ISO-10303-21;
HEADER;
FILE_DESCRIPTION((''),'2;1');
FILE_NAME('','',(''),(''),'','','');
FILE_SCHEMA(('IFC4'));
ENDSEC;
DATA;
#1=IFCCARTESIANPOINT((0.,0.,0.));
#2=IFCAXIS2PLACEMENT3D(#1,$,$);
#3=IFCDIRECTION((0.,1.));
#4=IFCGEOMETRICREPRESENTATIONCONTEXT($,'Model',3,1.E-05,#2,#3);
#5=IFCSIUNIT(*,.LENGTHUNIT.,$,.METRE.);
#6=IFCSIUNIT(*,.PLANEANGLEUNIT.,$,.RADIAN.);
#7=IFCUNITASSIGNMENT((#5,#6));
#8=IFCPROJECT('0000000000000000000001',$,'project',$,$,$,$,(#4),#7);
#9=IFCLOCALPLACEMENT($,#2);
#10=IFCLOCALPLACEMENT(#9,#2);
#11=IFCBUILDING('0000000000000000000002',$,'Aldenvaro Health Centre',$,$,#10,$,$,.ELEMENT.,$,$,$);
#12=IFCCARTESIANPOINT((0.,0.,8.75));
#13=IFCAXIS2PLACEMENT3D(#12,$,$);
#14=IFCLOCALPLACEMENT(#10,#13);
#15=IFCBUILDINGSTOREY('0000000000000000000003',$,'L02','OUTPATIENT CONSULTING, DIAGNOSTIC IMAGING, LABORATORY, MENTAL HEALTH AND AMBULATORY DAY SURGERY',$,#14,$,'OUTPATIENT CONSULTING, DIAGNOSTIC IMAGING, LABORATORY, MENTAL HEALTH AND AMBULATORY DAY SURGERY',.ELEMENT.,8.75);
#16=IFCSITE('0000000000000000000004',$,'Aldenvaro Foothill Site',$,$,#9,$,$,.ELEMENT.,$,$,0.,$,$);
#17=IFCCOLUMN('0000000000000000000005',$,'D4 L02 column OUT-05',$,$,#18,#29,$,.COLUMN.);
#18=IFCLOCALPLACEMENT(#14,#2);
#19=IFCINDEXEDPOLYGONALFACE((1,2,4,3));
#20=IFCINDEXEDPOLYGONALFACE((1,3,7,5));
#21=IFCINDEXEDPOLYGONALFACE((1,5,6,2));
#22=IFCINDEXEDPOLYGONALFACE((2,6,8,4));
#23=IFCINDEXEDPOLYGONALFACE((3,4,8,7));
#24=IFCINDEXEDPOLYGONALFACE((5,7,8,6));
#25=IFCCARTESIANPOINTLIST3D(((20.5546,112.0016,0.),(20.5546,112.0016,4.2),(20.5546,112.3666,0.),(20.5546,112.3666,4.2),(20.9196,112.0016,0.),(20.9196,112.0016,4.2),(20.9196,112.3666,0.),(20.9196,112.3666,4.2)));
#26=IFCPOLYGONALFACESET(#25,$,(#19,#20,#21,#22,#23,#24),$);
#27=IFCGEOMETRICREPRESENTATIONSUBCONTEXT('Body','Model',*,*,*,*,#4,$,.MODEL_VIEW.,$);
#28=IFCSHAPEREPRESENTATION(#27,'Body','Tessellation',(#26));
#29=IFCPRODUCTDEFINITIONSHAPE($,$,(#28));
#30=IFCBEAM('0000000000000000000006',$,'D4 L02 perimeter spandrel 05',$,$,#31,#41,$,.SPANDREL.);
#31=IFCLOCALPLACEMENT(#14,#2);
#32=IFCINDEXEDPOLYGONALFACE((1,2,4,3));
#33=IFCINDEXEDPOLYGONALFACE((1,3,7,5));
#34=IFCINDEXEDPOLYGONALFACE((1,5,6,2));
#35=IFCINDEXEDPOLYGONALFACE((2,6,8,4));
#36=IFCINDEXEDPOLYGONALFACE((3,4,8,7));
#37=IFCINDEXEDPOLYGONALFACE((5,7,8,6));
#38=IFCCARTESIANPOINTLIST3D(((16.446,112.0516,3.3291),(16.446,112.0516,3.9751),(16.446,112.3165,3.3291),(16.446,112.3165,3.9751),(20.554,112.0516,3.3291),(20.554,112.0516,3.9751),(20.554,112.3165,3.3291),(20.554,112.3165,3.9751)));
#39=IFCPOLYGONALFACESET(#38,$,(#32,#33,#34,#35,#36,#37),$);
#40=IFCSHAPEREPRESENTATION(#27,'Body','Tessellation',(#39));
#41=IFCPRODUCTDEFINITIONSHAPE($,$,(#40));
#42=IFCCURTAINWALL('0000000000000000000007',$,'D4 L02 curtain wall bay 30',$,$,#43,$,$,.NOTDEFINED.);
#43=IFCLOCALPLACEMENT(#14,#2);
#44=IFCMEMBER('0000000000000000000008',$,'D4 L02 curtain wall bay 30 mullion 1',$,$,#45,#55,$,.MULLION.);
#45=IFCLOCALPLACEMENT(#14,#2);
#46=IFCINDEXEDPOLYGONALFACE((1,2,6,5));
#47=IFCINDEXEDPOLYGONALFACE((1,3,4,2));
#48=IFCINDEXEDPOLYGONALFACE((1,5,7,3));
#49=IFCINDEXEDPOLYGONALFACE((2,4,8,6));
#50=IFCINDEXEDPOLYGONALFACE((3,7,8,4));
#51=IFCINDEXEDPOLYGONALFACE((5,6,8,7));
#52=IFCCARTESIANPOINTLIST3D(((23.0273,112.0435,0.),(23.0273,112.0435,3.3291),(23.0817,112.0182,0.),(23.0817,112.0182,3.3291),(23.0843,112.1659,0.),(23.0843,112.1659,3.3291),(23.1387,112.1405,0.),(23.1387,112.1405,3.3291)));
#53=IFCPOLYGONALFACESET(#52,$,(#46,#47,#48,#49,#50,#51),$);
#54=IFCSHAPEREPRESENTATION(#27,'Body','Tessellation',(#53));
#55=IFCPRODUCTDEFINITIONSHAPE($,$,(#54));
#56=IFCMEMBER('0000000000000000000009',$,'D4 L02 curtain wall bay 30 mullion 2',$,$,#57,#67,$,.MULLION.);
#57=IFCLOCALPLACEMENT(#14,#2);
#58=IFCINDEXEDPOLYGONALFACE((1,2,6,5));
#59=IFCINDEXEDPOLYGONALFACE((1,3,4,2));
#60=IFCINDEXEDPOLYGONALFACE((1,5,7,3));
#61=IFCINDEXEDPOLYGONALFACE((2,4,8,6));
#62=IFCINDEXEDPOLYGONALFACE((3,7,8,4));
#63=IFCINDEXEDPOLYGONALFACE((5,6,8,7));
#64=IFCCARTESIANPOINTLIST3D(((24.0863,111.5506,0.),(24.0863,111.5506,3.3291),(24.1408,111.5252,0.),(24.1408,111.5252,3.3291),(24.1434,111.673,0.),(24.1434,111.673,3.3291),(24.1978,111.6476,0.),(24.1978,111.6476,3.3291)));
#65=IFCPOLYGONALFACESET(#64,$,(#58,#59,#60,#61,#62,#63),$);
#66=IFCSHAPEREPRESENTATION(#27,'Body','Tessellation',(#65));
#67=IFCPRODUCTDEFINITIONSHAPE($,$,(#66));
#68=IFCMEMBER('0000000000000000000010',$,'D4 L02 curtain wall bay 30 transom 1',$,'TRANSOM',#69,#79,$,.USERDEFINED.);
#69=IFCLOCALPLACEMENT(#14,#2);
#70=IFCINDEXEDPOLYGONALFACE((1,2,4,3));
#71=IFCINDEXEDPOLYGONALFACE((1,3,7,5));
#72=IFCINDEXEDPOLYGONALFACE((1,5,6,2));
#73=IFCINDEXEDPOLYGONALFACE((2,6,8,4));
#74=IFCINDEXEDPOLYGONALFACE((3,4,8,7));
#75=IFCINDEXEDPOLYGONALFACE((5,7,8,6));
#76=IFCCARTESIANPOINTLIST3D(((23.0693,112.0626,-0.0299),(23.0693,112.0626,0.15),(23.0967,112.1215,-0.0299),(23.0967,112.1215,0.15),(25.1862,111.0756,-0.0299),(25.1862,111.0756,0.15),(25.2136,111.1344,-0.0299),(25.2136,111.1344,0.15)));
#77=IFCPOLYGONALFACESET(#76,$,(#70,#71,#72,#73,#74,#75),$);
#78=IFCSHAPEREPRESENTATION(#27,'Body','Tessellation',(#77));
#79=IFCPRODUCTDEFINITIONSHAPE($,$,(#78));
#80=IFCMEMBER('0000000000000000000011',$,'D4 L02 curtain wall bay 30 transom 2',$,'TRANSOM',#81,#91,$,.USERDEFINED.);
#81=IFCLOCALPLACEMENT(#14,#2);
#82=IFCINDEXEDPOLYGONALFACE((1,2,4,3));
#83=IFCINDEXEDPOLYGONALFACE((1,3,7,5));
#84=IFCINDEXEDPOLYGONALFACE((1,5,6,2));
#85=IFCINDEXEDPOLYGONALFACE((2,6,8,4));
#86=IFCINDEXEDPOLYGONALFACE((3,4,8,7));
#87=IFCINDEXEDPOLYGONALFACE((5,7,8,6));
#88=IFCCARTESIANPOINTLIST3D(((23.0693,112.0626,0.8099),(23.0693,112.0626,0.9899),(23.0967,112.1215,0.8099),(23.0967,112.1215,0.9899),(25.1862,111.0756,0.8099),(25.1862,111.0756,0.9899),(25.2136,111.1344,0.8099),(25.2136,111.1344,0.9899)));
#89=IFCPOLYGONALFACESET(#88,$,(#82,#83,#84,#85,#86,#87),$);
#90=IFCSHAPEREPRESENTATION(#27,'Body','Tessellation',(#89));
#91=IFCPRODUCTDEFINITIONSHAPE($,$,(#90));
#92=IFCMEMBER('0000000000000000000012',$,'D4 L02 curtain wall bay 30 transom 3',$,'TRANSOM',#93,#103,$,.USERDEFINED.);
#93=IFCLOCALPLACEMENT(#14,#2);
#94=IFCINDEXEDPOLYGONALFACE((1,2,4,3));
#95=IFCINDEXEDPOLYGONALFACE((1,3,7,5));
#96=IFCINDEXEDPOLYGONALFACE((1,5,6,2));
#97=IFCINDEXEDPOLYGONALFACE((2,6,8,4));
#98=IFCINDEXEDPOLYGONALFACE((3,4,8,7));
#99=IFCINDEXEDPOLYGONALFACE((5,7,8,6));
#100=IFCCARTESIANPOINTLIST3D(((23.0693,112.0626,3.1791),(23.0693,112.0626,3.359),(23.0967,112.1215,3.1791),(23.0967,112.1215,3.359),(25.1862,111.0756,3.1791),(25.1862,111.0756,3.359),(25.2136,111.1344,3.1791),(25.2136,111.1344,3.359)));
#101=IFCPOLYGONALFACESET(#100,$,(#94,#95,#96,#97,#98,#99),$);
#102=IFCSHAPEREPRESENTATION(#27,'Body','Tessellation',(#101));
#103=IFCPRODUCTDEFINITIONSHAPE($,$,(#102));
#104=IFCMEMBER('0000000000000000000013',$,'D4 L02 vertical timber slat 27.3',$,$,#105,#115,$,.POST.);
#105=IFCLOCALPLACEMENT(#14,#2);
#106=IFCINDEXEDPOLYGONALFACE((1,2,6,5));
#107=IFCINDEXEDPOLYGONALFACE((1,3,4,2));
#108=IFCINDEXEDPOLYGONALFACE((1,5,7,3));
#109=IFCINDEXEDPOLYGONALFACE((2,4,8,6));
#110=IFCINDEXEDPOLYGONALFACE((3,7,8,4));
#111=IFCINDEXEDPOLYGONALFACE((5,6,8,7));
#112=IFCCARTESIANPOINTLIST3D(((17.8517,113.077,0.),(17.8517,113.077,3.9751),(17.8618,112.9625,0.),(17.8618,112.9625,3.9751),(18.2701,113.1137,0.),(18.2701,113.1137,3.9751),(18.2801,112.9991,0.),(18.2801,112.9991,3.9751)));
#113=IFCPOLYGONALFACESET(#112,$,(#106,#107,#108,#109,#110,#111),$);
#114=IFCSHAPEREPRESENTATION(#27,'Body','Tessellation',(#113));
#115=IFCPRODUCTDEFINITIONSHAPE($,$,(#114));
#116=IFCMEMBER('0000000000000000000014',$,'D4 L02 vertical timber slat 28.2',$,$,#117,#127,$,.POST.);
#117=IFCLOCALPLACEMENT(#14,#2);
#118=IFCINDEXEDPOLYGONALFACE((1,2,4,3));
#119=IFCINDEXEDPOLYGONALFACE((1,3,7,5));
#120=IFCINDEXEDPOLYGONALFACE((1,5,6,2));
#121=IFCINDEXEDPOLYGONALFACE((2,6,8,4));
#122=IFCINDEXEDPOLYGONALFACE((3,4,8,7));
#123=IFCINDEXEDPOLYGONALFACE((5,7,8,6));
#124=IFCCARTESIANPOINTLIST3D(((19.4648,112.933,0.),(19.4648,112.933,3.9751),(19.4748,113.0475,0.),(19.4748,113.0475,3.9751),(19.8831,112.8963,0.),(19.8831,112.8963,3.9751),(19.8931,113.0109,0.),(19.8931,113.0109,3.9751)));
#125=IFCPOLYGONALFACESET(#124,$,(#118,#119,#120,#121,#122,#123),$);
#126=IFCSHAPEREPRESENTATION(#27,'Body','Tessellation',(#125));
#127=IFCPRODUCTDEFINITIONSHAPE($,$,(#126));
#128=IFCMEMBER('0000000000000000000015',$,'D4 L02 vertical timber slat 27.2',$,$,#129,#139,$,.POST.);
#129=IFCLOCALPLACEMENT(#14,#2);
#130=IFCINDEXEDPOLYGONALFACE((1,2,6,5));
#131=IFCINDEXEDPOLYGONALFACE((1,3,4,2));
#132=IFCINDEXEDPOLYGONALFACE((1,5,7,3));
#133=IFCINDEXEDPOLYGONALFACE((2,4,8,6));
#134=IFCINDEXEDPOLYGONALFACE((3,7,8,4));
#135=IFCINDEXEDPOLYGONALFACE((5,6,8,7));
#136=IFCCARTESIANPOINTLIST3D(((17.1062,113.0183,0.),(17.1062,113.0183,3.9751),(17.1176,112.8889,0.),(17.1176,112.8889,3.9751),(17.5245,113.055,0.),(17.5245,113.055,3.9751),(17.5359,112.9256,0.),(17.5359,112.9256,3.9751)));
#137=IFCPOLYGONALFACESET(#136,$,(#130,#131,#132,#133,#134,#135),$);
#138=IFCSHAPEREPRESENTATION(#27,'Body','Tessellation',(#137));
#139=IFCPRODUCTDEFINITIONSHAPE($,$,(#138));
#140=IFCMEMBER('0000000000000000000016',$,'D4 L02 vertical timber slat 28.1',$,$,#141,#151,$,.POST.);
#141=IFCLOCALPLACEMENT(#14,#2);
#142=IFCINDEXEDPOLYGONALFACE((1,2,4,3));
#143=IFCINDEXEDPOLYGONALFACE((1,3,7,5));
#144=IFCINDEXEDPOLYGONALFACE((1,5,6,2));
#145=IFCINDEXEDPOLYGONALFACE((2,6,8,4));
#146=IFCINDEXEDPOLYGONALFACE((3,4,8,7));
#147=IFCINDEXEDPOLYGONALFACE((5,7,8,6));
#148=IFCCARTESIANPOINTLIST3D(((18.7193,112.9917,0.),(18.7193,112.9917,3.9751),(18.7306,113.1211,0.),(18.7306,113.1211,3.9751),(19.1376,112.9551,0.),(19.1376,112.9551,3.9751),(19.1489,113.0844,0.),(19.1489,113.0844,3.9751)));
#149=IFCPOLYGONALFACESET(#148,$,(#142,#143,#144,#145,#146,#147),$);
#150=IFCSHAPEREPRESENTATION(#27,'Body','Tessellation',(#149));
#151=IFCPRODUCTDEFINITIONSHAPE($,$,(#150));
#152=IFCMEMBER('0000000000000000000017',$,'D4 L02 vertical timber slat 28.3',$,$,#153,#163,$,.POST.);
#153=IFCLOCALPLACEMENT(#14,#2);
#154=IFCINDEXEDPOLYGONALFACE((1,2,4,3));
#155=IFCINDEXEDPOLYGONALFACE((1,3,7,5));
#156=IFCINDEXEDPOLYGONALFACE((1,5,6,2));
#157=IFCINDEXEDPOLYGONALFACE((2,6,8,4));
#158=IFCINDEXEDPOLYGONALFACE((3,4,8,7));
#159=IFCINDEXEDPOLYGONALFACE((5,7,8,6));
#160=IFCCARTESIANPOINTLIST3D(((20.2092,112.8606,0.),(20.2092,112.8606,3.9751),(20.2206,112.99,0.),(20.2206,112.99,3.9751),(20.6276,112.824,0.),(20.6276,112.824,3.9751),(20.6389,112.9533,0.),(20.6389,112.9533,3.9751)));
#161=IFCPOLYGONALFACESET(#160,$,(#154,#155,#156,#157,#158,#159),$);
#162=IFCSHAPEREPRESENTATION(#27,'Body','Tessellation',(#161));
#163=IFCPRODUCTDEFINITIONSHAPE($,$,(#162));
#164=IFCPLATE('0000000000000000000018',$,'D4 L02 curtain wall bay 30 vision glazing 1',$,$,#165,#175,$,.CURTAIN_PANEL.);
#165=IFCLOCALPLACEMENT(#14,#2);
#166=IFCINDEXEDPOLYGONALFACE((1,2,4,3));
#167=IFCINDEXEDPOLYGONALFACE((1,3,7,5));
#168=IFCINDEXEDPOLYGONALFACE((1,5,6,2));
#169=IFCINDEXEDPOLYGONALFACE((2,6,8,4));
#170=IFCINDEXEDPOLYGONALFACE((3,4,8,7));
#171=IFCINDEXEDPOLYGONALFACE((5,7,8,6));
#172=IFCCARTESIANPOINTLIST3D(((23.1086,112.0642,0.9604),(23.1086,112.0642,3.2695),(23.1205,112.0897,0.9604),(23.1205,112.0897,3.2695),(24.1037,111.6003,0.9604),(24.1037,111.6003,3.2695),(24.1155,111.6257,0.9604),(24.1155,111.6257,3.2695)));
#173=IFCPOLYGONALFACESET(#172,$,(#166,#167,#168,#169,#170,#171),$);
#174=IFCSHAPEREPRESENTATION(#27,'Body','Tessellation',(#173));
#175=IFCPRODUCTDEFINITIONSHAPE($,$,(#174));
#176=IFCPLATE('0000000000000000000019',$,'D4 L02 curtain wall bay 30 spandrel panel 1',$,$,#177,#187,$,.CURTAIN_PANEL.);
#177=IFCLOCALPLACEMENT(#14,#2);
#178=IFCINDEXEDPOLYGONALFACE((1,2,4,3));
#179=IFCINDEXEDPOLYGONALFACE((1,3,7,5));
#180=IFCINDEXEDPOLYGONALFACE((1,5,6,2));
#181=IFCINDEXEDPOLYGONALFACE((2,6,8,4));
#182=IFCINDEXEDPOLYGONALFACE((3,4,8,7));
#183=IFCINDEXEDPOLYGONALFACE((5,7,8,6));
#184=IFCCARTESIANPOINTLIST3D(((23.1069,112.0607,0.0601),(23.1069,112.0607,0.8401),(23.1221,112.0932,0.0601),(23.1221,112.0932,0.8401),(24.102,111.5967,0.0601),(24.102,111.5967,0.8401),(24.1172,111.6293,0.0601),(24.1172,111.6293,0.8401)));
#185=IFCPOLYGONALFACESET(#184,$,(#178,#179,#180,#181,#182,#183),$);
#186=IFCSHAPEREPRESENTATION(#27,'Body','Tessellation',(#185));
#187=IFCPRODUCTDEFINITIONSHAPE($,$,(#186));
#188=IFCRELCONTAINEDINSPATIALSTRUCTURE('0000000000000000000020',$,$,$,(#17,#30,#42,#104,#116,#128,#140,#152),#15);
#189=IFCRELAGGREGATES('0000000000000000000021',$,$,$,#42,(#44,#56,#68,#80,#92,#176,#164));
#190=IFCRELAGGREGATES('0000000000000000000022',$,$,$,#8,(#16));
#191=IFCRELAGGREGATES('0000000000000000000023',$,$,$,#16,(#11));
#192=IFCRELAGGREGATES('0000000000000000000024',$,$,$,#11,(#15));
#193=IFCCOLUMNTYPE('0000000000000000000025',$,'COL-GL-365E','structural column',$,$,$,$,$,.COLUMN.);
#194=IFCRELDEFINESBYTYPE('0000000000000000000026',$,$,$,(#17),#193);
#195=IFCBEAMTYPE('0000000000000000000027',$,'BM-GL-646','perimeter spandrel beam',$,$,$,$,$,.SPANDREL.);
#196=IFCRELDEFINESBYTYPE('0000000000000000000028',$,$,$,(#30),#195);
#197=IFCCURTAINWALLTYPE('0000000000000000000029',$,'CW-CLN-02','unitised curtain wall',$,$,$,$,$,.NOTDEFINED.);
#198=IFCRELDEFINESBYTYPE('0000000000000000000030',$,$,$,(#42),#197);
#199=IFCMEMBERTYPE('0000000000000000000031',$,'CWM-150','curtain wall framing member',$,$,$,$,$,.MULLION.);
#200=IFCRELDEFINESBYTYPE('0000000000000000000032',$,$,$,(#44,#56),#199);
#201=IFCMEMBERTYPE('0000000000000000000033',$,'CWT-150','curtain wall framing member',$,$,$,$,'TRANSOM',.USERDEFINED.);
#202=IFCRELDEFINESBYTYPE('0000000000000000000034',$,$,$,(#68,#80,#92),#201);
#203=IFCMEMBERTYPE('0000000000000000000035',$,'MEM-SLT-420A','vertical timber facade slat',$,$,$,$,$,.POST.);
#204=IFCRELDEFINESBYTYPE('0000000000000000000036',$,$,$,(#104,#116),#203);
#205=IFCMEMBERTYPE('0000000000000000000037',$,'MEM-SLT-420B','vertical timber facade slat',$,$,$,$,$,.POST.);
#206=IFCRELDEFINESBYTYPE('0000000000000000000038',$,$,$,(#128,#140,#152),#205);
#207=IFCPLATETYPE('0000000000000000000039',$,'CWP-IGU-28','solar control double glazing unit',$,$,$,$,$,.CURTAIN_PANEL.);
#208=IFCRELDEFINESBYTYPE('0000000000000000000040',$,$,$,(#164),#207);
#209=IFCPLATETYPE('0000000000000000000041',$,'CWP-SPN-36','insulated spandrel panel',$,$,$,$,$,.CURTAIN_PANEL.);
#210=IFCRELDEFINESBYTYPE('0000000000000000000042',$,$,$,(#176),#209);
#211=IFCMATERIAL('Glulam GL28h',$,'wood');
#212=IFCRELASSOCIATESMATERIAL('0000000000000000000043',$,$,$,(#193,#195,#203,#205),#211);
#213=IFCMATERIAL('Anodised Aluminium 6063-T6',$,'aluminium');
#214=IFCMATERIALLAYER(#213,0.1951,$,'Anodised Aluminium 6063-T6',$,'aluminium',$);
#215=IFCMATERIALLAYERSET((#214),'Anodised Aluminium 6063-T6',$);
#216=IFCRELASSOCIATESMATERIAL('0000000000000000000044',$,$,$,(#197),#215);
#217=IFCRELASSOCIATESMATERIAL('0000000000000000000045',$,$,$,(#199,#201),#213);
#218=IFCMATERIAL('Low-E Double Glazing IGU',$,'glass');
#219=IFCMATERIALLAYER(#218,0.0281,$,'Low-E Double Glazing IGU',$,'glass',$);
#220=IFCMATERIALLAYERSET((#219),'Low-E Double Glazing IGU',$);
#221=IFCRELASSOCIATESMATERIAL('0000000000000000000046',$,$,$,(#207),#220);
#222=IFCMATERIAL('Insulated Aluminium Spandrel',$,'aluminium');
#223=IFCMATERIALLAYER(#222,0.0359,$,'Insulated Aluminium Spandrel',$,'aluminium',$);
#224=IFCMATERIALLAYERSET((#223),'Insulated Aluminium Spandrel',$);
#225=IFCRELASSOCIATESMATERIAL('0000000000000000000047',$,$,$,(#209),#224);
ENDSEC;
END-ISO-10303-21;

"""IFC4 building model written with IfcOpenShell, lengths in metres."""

from ifc_helpers import new_model, si_unit, direction, frame, origin, origin_2d, place, context, subcontext, project, spatial, rectangle, extrude, material, layer, layer_set, material_profile, profile_set, type_object, element, aggregate, save


model = new_model("IFC4")

# Units and contexts
model_context = context("Model", 3, precision=1e-05, world=origin(), true_north=direction((0.0, 1.0)))
body_context = subcontext(model_context, "Body", "Model", "MODEL_VIEW")
ifc_project = project(units=[si_unit("LENGTHUNIT", "METRE"), si_unit("PLANEANGLEUNIT", "RADIAN")], contexts=[model_context])

# Site, building, storey
site_placement = place(None, origin())
site = spatial("IfcSite", under=ifc_project, at=site_placement, Name="Aldenvaro Foothill Site", CompositionType="ELEMENT", RefElevation=0.0)
building_placement = place(site_placement, origin())
building = spatial("IfcBuilding", under=site, at=building_placement, Name="Aldenvaro Health Centre", CompositionType="ELEMENT")
storey_placement = place(building_placement, frame((0.0, 0.0, 8.75)))
storey = spatial("IfcBuildingStorey", under=building, at=storey_placement, Name="L02", Description="OUTPATIENT CONSULTING, DIAGNOSTIC IMAGING, LABORATORY, MENTAL HEALTH AND AMBULATORY DAY SURGERY", LongName="OUTPATIENT CONSULTING, DIAGNOSTIC IMAGING, LABORATORY, MENTAL HEALTH AND AMBULATORY DAY SURGERY", CompositionType="ELEMENT", Elevation=8.75)

# Column
ifc_material_1 = material(Name="Glulam GL28h", Category="wood")
ifc_material_profile_1 = material_profile(ifc_material_1, rectangle(XDim=0.365, YDim=0.365, at=origin_2d()), Name="GL 365x365", Category="wood")
ifc_profile_set_1 = profile_set([ifc_material_profile_1], Name="Glulam GL28h")
column_type = type_object("IfcColumnType", Name="COL-GL-365E", Description="structural column", PredefinedType="COLUMN", material=ifc_profile_set_1)
column_placement = place(storey_placement, frame((20.7371, 112.1841, 0.0), z_axis=(0.0, 0.0, 1.0), x_axis=(1.0, 0.0, 0.0)))
element("IfcColumn", 1, at=column_placement, inside=storey, type_object=column_type, Name="D4 L02 column OUT-05", PredefinedType="COLUMN", context=body_context, shape_type="SweptSolid", body=[
    extrude(rectangle(XDim=0.365, YDim=0.365, at=origin_2d()), origin(), (0.0, 0.0, 1.0), 4.2),
])

# Beam
ifc_material_profile_2 = material_profile(ifc_material_1, rectangle(XDim=0.2649, YDim=0.646, at=origin_2d()), Name="GL 265x646", Category="wood")
ifc_profile_set_2 = profile_set([ifc_material_profile_2], Name="Glulam GL28h")
beam_type = type_object("IfcBeamType", Name="BM-GL-646", Description="perimeter spandrel beam", PredefinedType="SPANDREL", material=ifc_profile_set_2)
beam_placement = place(storey_placement, frame((20.554, 112.1841, 3.6521), z_axis=(-1.0, 0.0, 0.0), x_axis=(0.0, -1.0, 0.0)))
element("IfcBeam", 2, at=beam_placement, inside=storey, type_object=beam_type, Name="D4 L02 perimeter spandrel 05", PredefinedType="SPANDREL", context=body_context, shape_type="SweptSolid", body=[
    extrude(rectangle(XDim=0.2649, YDim=0.646, at=origin_2d()), origin(), (0.0, 0.0, 1.0), 4.1079),
])

# Curtain wall, members
ifc_material_2 = material(Name="Anodised Aluminium 6063-T6", Category="aluminium")
ifc_layer_1 = layer(ifc_material_2, 0.1951, Name="Anodised Aluminium 6063-T6", Category="aluminium")
ifc_layer_set_1 = layer_set([ifc_layer_1], Name="Anodised Aluminium 6063-T6")
curtain_wall_type = type_object("IfcCurtainWallType", Name="CW-CLN-02", Description="unitised curtain wall", PredefinedType="NOTDEFINED", material=ifc_layer_set_1)
curtain_wall_placement = place(storey_placement, origin())
curtain_wall = element("IfcCurtainWall", 3, at=curtain_wall_placement, inside=storey, type_object=curtain_wall_type, Name="D4 L02 curtain wall bay 30", PredefinedType="NOTDEFINED")
ifc_material_profile_3 = material_profile(ifc_material_2, rectangle(XDim=0.0601, YDim=0.135, at=origin_2d()), Name="ALU 60x135", Category="aluminium")
ifc_profile_set_3 = profile_set([ifc_material_profile_3], Name="Anodised Aluminium 6063-T6")
member_type_1 = type_object("IfcMemberType", Name="CWM-150", Description="curtain wall framing member", PredefinedType="MULLION", material=ifc_profile_set_3)
member_1_placement = place(storey_placement, frame((23.083, 112.092, 0.0), z_axis=(0.0, 0.0, 1.0), x_axis=(0.906336, -0.422557, 0.0)))
member_1 = element("IfcMember", 4, at=member_1_placement, type_object=member_type_1, Name="D4 L02 curtain wall bay 30 mullion 1", PredefinedType="MULLION", context=body_context, shape_type="SweptSolid", body=[
    extrude(rectangle(XDim=0.0601, YDim=0.135, at=origin_2d()), origin(), (0.0, 0.0, 1.0), 3.3291),
])
member_2_placement = place(storey_placement, frame((24.1421, 111.5991, 0.0), z_axis=(0.0, 0.0, 1.0), x_axis=(0.906336, -0.422557, 0.0)))
member_2 = element("IfcMember", 5, at=member_2_placement, type_object=member_type_1, Name="D4 L02 curtain wall bay 30 mullion 2", PredefinedType="MULLION", context=body_context, shape_type="SweptSolid", body=[
    extrude(rectangle(XDim=0.0601, YDim=0.135, at=origin_2d()), origin(), (0.0, 0.0, 1.0), 3.3291),
])
ifc_material_profile_4 = material_profile(ifc_material_2, rectangle(XDim=0.0649, YDim=0.1799, at=origin_2d()), Name="ALU 65x180", Category="aluminium")
ifc_profile_set_4 = profile_set([ifc_material_profile_4], Name="Anodised Aluminium 6063-T6")
member_type_2 = type_object("IfcMemberType", Name="CWT-150", Description="curtain wall framing member", ElementType="TRANSOM", PredefinedType="USERDEFINED", material=ifc_profile_set_4)
member_3_placement = place(storey_placement, frame((23.083, 112.092, 0.0601), z_axis=(0.906322, -0.422588, 0.0), x_axis=(0.422588, 0.906322, 0.0)))
member_3 = element("IfcMember", 6, at=member_3_placement, type_object=member_type_2, Name="D4 L02 curtain wall bay 30 transom 1", ObjectType="TRANSOM", PredefinedType="USERDEFINED", context=body_context, shape_type="SweptSolid", body=[
    extrude(rectangle(XDim=0.0649, YDim=0.1799, at=origin_2d()), origin(), (0.0, 0.0, 1.0), 2.3357),
])
member_4_placement = place(storey_placement, frame((23.083, 112.092, 0.8999), z_axis=(0.906322, -0.422588, 0.0), x_axis=(0.422588, 0.906322, 0.0)))
member_4 = element("IfcMember", 7, at=member_4_placement, type_object=member_type_2, Name="D4 L02 curtain wall bay 30 transom 2", ObjectType="TRANSOM", PredefinedType="USERDEFINED", context=body_context, shape_type="SweptSolid", body=[
    extrude(rectangle(XDim=0.0649, YDim=0.1799, at=origin_2d()), origin(), (0.0, 0.0, 1.0), 2.3357),
])
member_5_placement = place(storey_placement, frame((23.083, 112.092, 3.269), z_axis=(0.906322, -0.422588, 0.0), x_axis=(0.422588, 0.906322, 0.0)))
member_5 = element("IfcMember", 8, at=member_5_placement, type_object=member_type_2, Name="D4 L02 curtain wall bay 30 transom 3", ObjectType="TRANSOM", PredefinedType="USERDEFINED", context=body_context, shape_type="SweptSolid", body=[
    extrude(rectangle(XDim=0.0649, YDim=0.1799, at=origin_2d()), origin(), (0.0, 0.0, 1.0), 2.3357),
])

# Members
ifc_material_profile_5 = material_profile(ifc_material_1, rectangle(XDim=0.115, YDim=0.4199, at=origin_2d()), Name="GL 115x420", Category="wood")
ifc_profile_set_5 = profile_set([ifc_material_profile_5], Name="Glulam GL28h")
member_type_3 = type_object("IfcMemberType", Name="MEM-SLT-420A", Description="vertical timber facade slat", PredefinedType="POST", material=ifc_profile_set_5)
for number, where, z_axis, x_axis, name in (
    (9, (18.0659, 113.0381, 0.0), (0.0, 0.0, 1.0), (-0.087332, 0.996179, 0.0), "D4 L02 vertical timber slat 27.3"),
    (10, (19.679, 112.9719, 0.0), (0.0, 0.0, 1.0), (0.087332, 0.996179, 0.0), "D4 L02 vertical timber slat 28.2"),
):
    element("IfcMember", number, at=place(storey_placement, frame(where, z_axis=z_axis, x_axis=x_axis)), inside=storey, type_object=member_type_3, Name=name, PredefinedType="POST", context=body_context, shape_type="SweptSolid", body=[
        extrude(rectangle(XDim=0.115, YDim=0.4199, at=origin_2d()), origin(), (0.0, 0.0, 1.0), 3.9751),
    ])
ifc_material_profile_6 = material_profile(ifc_material_1, rectangle(XDim=0.1299, YDim=0.4199, at=origin_2d()), Name="GL 130x420", Category="wood")
ifc_profile_set_6 = profile_set([ifc_material_profile_6], Name="Glulam GL28h")
member_type_4 = type_object("IfcMemberType", Name="MEM-SLT-420B", Description="vertical timber facade slat", PredefinedType="POST", material=ifc_profile_set_6)
for number, where, z_axis, x_axis, name in (
    (11, (17.321, 112.9719, 0.0), (0.0, 0.0, 1.0), (-0.087332, 0.996179, 0.0), "D4 L02 vertical timber slat 27.2"),
    (12, (18.9341, 113.0381, 0.0), (0.0, 0.0, 1.0), (0.087332, 0.996179, 0.0), "D4 L02 vertical timber slat 28.1"),
    (13, (20.4241, 112.907, 0.0), (0.0, 0.0, 1.0), (0.087332, 0.996179, 0.0), "D4 L02 vertical timber slat 28.3"),
):
    element("IfcMember", number, at=place(storey_placement, frame(where, z_axis=z_axis, x_axis=x_axis)), inside=storey, type_object=member_type_4, Name=name, PredefinedType="POST", context=body_context, shape_type="SweptSolid", body=[
        extrude(rectangle(XDim=0.1299, YDim=0.4199, at=origin_2d()), origin(), (0.0, 0.0, 1.0), 3.9751),
    ])

# Plates
ifc_material_3 = material(Name="Low-E Double Glazing IGU", Category="glass")
ifc_layer_2 = layer(ifc_material_3, 0.0281, Name="Low-E Double Glazing IGU", Category="glass")
ifc_layer_set_2 = layer_set([ifc_layer_2], Name="Low-E Double Glazing IGU")
plate_type_1 = type_object("IfcPlateType", Name="CWP-IGU-28", Description="solar control double glazing unit", PredefinedType="CURTAIN_PANEL", material=ifc_layer_set_2)
plate_1_placement = place(storey_placement, frame((23.6121, 111.845, 0.9604), z_axis=(0.0, 0.0, 1.0), x_axis=(0.906336, -0.422557, 0.0)))
plate_1 = element("IfcPlate", 14, at=plate_1_placement, type_object=plate_type_1, Name="D4 L02 curtain wall bay 30 vision glazing 1", PredefinedType="CURTAIN_PANEL", context=body_context, shape_type="SweptSolid", body=[
    extrude(rectangle(XDim=1.0979, YDim=0.0281, at=origin_2d()), origin(), (0.0, 0.0, 1.0), 2.3091),
])
ifc_material_4 = material(Name="Insulated Aluminium Spandrel", Category="aluminium")
ifc_layer_3 = layer(ifc_material_4, 0.0359, Name="Insulated Aluminium Spandrel", Category="aluminium")
ifc_layer_set_3 = layer_set([ifc_layer_3], Name="Insulated Aluminium Spandrel")
plate_type_2 = type_object("IfcPlateType", Name="CWP-SPN-36", Description="insulated spandrel panel", PredefinedType="CURTAIN_PANEL", material=ifc_layer_set_3)
plate_2_placement = place(storey_placement, frame((23.6121, 111.845, 0.0601), z_axis=(0.0, 0.0, 1.0), x_axis=(0.906336, -0.422557, 0.0)))
plate_2 = element("IfcPlate", 15, at=plate_2_placement, type_object=plate_type_2, Name="D4 L02 curtain wall bay 30 spandrel panel 1", PredefinedType="CURTAIN_PANEL", context=body_context, shape_type="SweptSolid", body=[
    extrude(rectangle(XDim=1.0979, YDim=0.0359, at=origin_2d()), origin(), (0.0, 0.0, 1.0), 0.78),
])
aggregate(curtain_wall, [member_1, member_2, member_3, member_4, member_5, plate_2, plate_1])

save(model, "model.ifc")
